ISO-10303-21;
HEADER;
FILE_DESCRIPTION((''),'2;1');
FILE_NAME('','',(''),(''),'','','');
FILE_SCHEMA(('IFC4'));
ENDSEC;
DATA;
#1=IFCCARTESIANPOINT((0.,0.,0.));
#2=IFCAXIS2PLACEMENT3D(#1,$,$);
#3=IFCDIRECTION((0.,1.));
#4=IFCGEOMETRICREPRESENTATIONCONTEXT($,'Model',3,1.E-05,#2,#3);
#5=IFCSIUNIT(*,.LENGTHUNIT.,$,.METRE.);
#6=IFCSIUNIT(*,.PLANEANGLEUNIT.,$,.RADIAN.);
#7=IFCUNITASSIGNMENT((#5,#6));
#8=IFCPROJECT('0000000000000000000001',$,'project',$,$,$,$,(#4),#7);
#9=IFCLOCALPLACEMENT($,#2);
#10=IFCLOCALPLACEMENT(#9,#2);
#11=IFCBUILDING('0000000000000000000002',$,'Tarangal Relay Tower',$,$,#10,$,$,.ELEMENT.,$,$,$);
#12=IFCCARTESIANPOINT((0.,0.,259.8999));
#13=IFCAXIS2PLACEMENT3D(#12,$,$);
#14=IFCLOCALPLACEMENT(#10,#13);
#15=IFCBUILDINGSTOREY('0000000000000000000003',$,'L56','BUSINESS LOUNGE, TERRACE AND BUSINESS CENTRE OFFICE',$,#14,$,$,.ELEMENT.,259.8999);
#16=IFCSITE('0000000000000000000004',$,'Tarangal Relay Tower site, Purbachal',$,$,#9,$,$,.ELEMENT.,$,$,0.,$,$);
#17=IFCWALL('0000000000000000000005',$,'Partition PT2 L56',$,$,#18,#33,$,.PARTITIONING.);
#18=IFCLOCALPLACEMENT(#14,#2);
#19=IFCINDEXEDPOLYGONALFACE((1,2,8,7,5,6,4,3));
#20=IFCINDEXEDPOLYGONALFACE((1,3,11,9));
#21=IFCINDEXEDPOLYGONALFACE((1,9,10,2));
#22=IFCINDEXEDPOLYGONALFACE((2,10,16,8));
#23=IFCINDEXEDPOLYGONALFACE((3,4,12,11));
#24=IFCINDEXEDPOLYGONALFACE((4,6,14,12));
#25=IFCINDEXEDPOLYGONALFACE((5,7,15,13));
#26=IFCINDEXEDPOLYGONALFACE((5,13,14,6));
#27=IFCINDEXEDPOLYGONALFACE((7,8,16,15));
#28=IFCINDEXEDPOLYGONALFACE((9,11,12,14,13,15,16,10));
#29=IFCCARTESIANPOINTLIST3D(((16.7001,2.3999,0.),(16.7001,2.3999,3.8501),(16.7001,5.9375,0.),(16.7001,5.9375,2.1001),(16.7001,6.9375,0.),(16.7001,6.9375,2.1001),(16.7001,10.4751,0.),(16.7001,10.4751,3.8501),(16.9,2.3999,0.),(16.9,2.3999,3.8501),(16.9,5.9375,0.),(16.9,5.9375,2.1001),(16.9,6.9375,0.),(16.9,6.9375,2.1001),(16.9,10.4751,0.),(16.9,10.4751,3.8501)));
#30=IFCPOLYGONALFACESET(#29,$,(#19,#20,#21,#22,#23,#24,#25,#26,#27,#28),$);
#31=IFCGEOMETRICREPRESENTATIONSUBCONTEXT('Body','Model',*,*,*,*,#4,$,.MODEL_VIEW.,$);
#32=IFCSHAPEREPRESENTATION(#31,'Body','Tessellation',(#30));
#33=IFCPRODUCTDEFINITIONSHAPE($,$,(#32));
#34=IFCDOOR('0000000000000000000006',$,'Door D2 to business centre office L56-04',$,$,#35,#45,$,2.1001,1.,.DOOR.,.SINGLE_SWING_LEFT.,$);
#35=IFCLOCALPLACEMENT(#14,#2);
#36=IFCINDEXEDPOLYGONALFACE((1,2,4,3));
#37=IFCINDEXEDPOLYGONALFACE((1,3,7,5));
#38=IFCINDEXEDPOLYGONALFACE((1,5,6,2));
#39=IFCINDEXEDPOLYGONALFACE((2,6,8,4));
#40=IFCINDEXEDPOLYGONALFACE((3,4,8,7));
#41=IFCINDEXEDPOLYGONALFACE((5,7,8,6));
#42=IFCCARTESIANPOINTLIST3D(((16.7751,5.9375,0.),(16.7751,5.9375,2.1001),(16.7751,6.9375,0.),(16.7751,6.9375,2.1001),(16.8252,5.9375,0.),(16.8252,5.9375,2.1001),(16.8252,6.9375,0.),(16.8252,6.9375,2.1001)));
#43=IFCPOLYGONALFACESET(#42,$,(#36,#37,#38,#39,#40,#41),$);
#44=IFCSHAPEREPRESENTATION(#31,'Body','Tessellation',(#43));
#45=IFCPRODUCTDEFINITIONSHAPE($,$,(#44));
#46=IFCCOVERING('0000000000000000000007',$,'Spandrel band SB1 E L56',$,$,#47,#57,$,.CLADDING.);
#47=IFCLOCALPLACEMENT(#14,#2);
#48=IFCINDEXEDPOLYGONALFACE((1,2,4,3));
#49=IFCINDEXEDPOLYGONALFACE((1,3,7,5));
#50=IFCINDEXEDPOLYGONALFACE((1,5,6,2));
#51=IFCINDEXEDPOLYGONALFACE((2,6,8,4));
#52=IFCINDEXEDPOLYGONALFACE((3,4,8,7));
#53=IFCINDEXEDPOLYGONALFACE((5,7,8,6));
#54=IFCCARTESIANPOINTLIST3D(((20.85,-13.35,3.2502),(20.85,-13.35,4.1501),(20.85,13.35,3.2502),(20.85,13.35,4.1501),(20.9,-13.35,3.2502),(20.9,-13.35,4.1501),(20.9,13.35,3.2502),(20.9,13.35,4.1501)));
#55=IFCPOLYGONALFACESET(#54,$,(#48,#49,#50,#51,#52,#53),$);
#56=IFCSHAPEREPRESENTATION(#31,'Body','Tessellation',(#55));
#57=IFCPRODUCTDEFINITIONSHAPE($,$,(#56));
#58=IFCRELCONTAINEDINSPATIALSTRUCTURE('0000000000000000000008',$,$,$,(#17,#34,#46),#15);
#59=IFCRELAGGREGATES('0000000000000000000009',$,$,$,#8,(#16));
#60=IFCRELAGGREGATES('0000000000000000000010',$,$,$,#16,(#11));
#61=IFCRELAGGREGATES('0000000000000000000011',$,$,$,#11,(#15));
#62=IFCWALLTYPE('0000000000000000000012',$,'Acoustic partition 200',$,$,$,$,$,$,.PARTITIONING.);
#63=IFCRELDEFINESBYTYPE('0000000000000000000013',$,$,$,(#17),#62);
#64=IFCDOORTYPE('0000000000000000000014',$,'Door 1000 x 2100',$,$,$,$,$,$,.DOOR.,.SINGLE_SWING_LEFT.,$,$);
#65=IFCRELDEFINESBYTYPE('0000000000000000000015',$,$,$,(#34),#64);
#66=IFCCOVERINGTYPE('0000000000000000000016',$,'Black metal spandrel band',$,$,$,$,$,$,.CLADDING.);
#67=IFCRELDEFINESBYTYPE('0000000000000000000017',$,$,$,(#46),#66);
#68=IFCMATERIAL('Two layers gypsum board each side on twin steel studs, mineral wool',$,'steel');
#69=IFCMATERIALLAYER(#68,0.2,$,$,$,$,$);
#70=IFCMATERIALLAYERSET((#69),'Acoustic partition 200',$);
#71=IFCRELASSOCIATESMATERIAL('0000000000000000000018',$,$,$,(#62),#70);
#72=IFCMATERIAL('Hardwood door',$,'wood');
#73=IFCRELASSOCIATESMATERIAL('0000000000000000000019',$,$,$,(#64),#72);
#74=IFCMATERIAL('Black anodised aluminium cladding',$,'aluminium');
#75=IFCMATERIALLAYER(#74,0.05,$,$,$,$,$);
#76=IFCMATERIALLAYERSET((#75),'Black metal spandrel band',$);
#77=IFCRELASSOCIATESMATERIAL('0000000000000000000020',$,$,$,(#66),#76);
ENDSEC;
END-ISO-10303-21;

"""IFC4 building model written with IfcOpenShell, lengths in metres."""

from ifc_helpers import new_model, si_unit, direction, frame, frame_2d, origin, origin_2d, place, context, subcontext, project, spatial, rectangle, extrude, material, layer, layer_set, type_object, element, fill, save


model = new_model("IFC4")

# Units and contexts
model_context = context("Model", 3, precision=1e-05, world=origin(), true_north=direction((0.0, 1.0)))
body_context = subcontext(model_context, "Body", "Model", "MODEL_VIEW")
ifc_project = project(units=[si_unit("LENGTHUNIT", "METRE"), si_unit("PLANEANGLEUNIT", "RADIAN")], contexts=[model_context])

# Site, building, storey
site_placement = place(None, origin())
site = spatial("IfcSite", under=ifc_project, at=site_placement, Name="Tarangal Relay Tower site, Purbachal", CompositionType="ELEMENT", RefElevation=0.0)
building_placement = place(site_placement, origin())
building = spatial("IfcBuilding", under=site, at=building_placement, Name="Tarangal Relay Tower", CompositionType="ELEMENT")
storey_placement = place(building_placement, frame((0.0, 0.0, 259.8999)))
storey = spatial("IfcBuildingStorey", under=building, at=storey_placement, Name="L56", Description="BUSINESS LOUNGE, TERRACE AND BUSINESS CENTRE OFFICE", CompositionType="ELEMENT", Elevation=259.8999)

# Shared definitions
ifc_material_1 = material(Name="Two layers gypsum board each side on twin steel studs, mineral wool", Category="steel")
ifc_layer_1 = layer(ifc_material_1, 0.2)
ifc_layer_set_1 = layer_set([ifc_layer_1], Name="Acoustic partition 200")
wall_type = type_object("IfcWallType", Name="Acoustic partition 200", PredefinedType="PARTITIONING", material=ifc_layer_set_1)

# Wall, opening, door
wall_placement = place(storey_placement, frame((16.8, 2.3999, 0.0), z_axis=(0.0, 0.0, 1.0), x_axis=(0.0, 1.0, 0.0)))
wall = element("IfcWall", 1, at=wall_placement, inside=storey, type_object=wall_type, Name="Partition PT2 L56", PredefinedType="PARTITIONING", context=body_context, shape_type="SweptSolid", body=[
    extrude(rectangle(XDim=8.0752, YDim=0.2, at=frame_2d((4.0376, 0.0))), origin(), (0.0, 0.0, 1.0), 3.8501),
])
opening_placement = place(wall_placement, frame((3.5376, 0.0, 0.0)))
opening = element("IfcOpeningElement", 2, at=opening_placement, cuts=wall, PredefinedType="OPENING", context=body_context, shape_type="SweptSolid", body=[
    extrude(rectangle(XDim=1.0, YDim=2.1001, at=frame_2d((0.5, 1.05))), frame((0.0, 0.1099, 0.0), z_axis=(0.0, -1.0, 0.0), x_axis=(1.0, 0.0, 0.0)), (0.0, 0.0, 1.0), 0.22),
])
ifc_material_2 = material(Name="Hardwood door", Category="wood")
door_type = type_object("IfcDoorType", Name="Door 1000 x 2100", OperationType="SINGLE_SWING_LEFT", PredefinedType="DOOR", material=ifc_material_2)
door_placement = place(opening_placement, origin())
door = element("IfcDoor", 3, at=door_placement, inside=storey, type_object=door_type, Name="Door D2 to business centre office L56-04", OperationType="SINGLE_SWING_LEFT", OverallHeight=2.1001, OverallWidth=1.0, PredefinedType="DOOR", context=body_context, shape_type="SweptSolid", body=[
    extrude(rectangle(XDim=1.0, YDim=2.1001, at=frame_2d((0.5, 1.05))), frame((0.0, 0.0249, 0.0), z_axis=(0.0, -1.0, 0.0), x_axis=(1.0, 0.0, 0.0)), (0.0, 0.0, 1.0), 0.05),
])
fill(opening, door)

# Covering
ifc_material_3 = material(Name="Black anodised aluminium cladding", Category="aluminium")
ifc_layer_2 = layer(ifc_material_3, 0.05)
ifc_layer_set_2 = layer_set([ifc_layer_2], Name="Black metal spandrel band")
covering_type = type_object("IfcCoveringType", Name="Black metal spandrel band", PredefinedType="CLADDING", material=ifc_layer_set_2)
covering_placement = place(storey_placement, frame((20.875, 0.0, 3.2502), z_axis=(0.0, 0.0, 1.0), x_axis=(0.0, -1.0, 0.0)))
element("IfcCovering", 4, at=covering_placement, inside=storey, type_object=covering_type, Name="Spandrel band SB1 E L56", PredefinedType="CLADDING", context=body_context, shape_type="SweptSolid", body=[
    extrude(rectangle(XDim=26.7, YDim=0.05, at=origin_2d()), origin(), (0.0, 0.0, 1.0), 0.8999),
])

save(model, "model.ifc")
